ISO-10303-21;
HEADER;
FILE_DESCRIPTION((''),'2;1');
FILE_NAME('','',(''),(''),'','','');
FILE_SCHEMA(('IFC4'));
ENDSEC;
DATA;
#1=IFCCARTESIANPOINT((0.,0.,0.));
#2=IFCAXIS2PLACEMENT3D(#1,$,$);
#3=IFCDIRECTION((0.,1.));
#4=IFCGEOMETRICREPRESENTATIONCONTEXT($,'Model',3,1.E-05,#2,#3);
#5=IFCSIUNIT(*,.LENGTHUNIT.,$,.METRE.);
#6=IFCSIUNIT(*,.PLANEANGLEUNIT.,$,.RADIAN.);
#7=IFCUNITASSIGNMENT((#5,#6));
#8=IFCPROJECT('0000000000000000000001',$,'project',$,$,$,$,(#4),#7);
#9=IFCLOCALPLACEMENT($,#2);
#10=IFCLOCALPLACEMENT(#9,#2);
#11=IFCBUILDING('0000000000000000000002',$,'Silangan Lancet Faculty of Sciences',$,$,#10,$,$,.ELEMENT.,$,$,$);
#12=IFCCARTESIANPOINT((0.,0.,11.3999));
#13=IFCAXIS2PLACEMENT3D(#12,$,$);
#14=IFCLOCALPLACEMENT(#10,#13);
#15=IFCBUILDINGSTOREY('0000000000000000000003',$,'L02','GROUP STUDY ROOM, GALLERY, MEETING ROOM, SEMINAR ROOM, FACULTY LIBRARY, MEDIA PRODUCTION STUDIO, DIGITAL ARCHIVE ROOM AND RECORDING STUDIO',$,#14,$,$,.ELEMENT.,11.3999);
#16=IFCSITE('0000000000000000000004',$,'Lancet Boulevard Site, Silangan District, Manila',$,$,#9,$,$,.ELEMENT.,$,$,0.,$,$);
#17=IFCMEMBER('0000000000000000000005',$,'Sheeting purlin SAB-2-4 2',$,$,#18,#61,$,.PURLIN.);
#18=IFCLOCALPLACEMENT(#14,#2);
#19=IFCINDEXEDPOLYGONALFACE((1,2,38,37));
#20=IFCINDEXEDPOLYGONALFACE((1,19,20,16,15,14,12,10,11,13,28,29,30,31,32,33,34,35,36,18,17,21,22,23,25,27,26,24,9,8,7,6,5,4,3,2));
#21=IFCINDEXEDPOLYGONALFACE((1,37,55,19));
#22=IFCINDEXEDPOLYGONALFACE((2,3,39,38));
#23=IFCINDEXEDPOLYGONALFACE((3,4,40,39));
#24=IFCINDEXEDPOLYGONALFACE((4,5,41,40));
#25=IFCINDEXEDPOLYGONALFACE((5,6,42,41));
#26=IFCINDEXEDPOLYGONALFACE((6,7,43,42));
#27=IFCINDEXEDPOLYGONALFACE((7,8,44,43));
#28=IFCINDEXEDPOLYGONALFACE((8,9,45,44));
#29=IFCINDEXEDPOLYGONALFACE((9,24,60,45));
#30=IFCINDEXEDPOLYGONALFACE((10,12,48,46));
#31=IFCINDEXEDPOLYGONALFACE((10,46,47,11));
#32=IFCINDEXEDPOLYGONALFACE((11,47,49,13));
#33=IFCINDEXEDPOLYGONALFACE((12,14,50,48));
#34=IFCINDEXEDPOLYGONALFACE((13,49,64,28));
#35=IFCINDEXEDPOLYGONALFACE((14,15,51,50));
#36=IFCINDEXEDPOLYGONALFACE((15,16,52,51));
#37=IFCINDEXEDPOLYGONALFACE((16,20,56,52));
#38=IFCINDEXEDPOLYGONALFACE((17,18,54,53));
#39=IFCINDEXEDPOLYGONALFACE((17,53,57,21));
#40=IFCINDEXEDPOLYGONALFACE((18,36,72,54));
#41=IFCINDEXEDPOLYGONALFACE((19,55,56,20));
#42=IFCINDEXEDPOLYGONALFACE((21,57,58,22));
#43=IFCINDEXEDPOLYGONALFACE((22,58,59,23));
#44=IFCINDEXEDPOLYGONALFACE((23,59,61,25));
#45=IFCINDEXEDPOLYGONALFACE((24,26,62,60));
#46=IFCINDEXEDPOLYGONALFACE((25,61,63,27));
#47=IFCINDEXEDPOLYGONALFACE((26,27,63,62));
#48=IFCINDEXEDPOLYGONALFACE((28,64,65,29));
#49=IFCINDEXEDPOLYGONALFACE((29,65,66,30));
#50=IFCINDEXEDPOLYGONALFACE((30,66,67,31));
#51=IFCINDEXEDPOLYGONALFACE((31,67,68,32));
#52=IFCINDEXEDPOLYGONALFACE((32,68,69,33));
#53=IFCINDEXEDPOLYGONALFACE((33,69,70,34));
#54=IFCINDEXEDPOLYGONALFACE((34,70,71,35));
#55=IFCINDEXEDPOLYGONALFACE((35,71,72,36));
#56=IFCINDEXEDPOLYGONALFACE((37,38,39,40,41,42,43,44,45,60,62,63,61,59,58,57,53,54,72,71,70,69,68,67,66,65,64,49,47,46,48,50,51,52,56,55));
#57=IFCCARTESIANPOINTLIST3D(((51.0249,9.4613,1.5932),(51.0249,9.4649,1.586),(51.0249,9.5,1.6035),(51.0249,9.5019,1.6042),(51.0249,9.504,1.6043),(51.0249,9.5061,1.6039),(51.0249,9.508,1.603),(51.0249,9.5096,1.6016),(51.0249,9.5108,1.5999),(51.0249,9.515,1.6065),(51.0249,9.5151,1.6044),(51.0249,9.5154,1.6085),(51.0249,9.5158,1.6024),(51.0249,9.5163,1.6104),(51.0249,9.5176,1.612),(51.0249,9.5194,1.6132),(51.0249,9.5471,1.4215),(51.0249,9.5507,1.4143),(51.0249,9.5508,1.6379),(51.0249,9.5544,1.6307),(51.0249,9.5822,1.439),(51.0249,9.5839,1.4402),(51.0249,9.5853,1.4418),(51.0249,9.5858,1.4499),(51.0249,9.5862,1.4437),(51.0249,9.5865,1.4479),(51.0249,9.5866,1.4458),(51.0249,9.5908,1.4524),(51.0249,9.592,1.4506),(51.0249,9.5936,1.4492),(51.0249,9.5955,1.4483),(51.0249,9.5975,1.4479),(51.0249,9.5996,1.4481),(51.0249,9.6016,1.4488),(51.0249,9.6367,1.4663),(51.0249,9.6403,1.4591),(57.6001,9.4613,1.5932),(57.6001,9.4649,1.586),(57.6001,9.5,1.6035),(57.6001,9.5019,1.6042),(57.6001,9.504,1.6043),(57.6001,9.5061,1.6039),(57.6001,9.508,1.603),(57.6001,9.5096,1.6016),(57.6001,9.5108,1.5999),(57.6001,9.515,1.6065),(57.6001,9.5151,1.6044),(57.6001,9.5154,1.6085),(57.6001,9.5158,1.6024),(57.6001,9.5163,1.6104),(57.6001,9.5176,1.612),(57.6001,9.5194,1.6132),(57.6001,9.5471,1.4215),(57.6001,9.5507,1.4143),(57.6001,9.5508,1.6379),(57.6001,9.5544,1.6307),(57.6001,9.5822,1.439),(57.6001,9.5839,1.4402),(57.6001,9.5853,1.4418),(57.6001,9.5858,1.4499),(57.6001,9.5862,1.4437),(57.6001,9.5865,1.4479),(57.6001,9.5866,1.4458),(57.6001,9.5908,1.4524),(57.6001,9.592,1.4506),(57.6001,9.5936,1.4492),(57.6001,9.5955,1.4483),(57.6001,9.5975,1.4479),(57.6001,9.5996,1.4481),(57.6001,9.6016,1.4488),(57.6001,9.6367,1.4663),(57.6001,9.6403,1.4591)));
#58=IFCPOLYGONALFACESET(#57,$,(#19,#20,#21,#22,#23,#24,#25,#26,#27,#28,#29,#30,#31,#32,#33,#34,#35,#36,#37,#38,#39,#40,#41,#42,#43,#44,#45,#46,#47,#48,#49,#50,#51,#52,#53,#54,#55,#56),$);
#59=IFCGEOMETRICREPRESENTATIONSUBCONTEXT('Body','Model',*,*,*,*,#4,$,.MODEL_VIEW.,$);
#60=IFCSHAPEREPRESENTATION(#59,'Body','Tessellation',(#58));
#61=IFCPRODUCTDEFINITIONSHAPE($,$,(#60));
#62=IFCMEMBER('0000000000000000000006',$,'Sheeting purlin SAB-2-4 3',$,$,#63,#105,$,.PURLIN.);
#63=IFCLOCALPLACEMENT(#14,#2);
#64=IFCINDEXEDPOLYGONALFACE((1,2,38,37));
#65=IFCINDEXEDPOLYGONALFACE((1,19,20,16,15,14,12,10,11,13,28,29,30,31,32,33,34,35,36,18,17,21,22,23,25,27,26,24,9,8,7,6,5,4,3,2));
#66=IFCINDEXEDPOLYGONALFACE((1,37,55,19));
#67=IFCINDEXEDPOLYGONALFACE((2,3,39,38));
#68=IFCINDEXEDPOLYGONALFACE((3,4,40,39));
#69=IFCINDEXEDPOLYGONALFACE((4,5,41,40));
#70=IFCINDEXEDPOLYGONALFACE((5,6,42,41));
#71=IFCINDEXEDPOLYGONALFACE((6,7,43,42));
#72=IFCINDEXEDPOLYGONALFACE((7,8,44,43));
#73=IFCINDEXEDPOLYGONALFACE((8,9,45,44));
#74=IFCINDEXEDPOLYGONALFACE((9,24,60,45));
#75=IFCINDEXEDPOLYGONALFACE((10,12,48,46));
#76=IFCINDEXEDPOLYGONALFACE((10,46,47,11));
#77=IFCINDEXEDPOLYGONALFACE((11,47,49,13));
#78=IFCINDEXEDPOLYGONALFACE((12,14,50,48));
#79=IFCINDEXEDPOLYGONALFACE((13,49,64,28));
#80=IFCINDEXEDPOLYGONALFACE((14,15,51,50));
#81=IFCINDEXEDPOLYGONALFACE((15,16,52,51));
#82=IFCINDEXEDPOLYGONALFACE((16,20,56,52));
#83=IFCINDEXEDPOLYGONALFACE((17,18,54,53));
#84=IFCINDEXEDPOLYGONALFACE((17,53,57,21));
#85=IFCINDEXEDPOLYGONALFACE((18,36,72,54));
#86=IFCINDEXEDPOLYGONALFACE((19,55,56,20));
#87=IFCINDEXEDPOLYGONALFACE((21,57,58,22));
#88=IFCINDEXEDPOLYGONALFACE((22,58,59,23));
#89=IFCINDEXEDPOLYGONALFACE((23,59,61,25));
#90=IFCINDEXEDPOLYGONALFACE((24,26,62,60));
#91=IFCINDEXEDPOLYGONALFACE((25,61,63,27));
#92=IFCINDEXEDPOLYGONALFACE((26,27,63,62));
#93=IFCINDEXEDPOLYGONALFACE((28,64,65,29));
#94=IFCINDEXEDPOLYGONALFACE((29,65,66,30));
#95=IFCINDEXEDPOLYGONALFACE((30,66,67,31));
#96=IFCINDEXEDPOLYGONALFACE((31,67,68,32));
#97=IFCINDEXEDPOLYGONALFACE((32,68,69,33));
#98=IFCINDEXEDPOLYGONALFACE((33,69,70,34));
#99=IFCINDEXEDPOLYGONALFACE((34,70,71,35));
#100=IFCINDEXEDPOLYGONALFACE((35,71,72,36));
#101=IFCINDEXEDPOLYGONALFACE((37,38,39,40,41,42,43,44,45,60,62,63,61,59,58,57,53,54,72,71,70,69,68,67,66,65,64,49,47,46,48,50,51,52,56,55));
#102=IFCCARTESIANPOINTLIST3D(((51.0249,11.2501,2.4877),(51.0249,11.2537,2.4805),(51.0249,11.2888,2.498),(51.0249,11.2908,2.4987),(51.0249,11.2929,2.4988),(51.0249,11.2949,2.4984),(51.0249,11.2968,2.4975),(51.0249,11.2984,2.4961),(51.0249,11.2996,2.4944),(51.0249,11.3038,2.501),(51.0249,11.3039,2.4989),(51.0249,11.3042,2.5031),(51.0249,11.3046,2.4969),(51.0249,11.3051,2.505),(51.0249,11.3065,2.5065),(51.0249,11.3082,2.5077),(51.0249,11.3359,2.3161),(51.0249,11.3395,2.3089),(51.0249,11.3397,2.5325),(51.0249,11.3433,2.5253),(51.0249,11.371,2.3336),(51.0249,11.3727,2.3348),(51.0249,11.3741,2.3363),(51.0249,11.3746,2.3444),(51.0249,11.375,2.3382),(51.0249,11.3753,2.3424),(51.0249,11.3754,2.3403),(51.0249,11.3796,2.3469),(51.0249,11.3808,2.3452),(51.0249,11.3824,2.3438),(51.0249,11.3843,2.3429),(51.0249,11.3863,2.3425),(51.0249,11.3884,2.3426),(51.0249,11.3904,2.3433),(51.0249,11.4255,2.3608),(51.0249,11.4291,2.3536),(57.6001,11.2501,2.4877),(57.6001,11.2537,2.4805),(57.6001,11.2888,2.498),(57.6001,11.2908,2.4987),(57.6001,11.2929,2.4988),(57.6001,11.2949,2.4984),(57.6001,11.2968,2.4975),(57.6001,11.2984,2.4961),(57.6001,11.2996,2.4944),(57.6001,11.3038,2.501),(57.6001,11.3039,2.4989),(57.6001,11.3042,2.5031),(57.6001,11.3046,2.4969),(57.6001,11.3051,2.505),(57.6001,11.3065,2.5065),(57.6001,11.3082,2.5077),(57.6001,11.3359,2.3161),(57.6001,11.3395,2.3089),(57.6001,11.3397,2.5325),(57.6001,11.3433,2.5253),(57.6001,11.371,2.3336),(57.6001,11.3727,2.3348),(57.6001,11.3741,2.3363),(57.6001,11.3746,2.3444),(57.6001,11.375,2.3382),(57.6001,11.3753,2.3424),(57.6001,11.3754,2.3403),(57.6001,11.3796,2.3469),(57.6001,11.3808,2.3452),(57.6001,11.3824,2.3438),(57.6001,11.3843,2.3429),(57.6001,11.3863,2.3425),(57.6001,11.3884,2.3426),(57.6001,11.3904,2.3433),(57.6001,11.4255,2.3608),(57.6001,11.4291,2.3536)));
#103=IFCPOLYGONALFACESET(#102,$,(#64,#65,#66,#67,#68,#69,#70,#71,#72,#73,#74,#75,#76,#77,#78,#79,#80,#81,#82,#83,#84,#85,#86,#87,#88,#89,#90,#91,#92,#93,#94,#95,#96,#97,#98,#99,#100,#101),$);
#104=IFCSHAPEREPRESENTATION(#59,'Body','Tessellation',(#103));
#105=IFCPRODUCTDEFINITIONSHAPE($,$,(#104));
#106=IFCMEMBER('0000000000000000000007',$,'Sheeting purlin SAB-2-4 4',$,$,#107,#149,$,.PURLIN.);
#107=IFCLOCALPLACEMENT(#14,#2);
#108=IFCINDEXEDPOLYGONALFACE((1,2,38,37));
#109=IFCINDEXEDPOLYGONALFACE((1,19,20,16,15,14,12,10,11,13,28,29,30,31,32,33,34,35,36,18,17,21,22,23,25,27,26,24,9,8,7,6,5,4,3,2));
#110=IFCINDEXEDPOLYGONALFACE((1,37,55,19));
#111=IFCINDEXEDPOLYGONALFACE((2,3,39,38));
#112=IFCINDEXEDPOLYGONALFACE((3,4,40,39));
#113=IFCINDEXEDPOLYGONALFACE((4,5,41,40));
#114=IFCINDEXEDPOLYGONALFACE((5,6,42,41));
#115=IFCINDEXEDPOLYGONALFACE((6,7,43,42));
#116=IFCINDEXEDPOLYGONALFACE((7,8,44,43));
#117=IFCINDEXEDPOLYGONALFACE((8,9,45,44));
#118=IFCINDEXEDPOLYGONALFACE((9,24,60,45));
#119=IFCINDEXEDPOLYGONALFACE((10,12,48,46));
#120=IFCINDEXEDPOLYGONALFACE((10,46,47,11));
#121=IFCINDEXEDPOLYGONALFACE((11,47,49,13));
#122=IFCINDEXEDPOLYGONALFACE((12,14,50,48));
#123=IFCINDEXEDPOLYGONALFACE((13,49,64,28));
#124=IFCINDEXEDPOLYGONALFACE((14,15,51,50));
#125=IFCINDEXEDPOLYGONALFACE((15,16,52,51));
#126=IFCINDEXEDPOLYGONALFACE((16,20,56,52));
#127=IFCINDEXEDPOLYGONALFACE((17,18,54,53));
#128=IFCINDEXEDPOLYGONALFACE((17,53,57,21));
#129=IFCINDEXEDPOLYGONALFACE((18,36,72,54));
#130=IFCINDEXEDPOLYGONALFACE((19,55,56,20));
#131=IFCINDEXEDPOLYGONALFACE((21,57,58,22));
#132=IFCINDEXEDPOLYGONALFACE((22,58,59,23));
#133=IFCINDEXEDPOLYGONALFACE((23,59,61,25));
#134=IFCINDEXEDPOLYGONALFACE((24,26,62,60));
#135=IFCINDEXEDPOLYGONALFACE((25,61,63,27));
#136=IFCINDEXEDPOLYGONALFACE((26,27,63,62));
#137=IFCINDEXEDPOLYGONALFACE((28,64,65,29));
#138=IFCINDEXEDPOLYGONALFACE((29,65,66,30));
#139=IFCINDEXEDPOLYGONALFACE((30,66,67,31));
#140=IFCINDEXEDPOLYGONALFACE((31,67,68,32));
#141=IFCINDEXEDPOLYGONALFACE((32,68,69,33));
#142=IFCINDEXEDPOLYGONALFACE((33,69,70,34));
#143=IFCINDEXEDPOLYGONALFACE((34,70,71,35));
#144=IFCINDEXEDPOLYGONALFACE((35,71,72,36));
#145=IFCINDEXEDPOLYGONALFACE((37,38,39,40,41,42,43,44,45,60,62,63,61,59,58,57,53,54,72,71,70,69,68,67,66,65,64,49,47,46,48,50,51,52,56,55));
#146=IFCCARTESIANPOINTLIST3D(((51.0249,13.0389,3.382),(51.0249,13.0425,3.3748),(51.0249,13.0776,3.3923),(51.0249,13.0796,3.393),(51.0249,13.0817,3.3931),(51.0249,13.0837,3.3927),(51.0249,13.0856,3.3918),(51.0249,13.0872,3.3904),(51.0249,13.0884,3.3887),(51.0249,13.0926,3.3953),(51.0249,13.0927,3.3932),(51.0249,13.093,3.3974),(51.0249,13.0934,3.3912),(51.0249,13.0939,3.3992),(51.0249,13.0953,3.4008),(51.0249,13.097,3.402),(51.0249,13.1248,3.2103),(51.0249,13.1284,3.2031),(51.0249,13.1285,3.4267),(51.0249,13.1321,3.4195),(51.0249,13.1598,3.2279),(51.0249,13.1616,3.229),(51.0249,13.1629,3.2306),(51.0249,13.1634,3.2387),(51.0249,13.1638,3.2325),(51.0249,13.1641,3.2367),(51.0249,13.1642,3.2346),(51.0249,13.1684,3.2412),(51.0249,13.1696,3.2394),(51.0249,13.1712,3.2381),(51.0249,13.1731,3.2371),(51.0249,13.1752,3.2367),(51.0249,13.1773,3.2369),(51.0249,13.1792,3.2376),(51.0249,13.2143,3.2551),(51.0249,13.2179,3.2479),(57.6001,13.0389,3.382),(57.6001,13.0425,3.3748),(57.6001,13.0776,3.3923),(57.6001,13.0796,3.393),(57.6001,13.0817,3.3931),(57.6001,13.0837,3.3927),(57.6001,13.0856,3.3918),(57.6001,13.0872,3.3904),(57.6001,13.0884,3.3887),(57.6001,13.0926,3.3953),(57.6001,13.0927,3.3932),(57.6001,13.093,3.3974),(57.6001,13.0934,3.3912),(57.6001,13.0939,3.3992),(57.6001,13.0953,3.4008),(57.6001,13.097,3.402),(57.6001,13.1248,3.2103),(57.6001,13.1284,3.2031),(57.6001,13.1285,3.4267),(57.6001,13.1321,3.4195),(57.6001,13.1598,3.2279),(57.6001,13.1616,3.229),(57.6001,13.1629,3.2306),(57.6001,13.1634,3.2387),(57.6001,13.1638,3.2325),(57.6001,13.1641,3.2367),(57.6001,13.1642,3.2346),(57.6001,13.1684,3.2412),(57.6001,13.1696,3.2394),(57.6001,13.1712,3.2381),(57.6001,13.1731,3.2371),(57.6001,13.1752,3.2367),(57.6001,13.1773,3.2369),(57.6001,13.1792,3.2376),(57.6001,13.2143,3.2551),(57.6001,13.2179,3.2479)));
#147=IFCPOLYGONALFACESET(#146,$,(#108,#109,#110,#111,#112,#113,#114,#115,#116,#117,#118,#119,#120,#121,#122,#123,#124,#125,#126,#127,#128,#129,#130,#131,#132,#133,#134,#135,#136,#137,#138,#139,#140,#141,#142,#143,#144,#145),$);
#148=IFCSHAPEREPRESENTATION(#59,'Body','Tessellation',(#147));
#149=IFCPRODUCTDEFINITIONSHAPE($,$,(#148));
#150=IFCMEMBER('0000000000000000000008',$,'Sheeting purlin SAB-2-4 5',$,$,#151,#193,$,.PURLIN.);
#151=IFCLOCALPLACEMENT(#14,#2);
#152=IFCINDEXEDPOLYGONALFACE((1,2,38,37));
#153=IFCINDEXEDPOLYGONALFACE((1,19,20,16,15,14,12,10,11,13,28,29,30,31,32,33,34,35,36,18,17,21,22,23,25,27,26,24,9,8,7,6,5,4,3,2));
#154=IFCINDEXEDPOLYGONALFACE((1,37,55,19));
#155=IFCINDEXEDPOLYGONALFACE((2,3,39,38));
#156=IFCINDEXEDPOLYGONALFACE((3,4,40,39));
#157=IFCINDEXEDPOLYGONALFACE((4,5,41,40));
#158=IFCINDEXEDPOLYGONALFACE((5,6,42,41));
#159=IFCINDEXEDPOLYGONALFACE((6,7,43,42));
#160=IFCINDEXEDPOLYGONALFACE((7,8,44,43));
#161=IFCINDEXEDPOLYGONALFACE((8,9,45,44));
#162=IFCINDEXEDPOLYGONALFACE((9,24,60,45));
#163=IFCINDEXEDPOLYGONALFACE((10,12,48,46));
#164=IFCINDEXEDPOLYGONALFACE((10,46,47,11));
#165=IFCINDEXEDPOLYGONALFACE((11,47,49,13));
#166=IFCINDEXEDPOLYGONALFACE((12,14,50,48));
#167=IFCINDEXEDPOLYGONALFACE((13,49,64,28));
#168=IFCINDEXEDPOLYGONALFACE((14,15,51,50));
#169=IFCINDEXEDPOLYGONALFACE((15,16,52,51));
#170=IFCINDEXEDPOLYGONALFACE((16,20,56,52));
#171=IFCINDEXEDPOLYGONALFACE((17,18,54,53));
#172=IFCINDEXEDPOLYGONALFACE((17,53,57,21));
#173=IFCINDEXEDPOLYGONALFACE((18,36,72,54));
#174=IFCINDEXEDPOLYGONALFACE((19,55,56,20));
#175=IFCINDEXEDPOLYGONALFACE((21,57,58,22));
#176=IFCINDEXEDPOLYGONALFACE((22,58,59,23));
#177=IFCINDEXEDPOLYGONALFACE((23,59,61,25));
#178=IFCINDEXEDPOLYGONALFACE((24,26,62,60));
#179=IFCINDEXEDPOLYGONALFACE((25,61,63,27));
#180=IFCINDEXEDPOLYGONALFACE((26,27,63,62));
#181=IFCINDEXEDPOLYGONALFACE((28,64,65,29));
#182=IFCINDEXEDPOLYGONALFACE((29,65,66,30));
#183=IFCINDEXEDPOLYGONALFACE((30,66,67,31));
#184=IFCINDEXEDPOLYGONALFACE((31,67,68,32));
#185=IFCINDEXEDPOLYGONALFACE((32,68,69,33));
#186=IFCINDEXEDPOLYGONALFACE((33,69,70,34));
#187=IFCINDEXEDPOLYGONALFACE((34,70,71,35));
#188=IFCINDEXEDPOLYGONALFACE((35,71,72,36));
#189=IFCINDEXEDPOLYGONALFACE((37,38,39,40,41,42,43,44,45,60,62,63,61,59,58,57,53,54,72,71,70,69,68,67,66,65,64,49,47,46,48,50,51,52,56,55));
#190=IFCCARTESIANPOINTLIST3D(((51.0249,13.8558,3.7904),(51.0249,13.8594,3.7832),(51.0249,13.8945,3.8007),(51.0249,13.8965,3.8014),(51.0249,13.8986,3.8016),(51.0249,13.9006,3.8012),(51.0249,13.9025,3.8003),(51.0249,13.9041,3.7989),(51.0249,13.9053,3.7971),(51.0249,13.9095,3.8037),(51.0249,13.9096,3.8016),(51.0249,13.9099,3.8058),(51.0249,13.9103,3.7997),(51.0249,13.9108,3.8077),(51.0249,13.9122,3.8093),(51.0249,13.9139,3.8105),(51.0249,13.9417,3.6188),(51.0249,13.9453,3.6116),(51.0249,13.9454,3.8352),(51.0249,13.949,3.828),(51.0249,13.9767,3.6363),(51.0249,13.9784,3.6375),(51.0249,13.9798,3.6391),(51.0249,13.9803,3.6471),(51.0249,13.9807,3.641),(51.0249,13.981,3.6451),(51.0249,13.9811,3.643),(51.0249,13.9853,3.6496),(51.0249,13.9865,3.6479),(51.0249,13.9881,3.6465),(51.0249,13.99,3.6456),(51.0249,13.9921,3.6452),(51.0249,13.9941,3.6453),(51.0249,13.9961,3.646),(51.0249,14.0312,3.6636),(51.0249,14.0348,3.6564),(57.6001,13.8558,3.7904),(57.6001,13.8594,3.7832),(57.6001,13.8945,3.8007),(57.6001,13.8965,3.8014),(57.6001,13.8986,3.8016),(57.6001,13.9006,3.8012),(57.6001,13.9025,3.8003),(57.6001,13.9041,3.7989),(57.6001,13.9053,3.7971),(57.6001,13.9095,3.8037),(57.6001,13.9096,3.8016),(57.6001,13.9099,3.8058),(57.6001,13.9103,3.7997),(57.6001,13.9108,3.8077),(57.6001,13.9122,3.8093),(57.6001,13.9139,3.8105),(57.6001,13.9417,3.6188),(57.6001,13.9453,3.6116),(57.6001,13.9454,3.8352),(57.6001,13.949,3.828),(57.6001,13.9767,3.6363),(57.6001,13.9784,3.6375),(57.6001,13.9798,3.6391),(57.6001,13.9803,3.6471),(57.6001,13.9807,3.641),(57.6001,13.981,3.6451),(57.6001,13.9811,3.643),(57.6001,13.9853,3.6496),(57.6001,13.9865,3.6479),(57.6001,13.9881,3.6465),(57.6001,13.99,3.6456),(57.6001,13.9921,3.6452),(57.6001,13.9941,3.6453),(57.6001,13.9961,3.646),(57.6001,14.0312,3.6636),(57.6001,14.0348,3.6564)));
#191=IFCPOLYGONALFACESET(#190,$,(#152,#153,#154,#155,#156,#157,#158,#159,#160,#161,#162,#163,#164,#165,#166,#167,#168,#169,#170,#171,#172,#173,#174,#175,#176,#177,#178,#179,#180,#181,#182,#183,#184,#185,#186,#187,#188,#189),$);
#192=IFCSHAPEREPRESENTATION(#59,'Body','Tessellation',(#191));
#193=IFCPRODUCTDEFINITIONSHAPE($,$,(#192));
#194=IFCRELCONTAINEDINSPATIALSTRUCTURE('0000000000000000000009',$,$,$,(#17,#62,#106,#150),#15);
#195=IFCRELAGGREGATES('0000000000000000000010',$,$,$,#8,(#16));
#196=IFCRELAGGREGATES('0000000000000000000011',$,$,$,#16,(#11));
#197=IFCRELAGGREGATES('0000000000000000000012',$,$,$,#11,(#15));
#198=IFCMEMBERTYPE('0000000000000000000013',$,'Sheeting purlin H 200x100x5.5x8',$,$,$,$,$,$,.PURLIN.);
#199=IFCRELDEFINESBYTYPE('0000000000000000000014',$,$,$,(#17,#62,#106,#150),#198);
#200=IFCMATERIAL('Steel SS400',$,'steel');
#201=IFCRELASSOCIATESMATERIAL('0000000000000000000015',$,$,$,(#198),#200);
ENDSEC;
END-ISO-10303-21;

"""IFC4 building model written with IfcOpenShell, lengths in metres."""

from ifc_helpers import new_model, si_unit, direction, frame, origin, origin_2d, place, context, subcontext, project, spatial, i_section, extrude, material, material_profile, profile_set, type_object, element, save


model = new_model("IFC4")

# Units and contexts
model_context = context("Model", 3, precision=1e-05, world=origin(), true_north=direction((0.0, 1.0)))
body_context = subcontext(model_context, "Body", "Model", "MODEL_VIEW")
ifc_project = project(units=[si_unit("LENGTHUNIT", "METRE"), si_unit("PLANEANGLEUNIT", "RADIAN")], contexts=[model_context])

# Site, building, storey
site_placement = place(None, origin())
site = spatial("IfcSite", under=ifc_project, at=site_placement, Name="Lancet Boulevard Site, Silangan District, Manila", CompositionType="ELEMENT", RefElevation=0.0)
building_placement = place(site_placement, origin())
building = spatial("IfcBuilding", under=site, at=building_placement, Name="Silangan Lancet Faculty of Sciences", CompositionType="ELEMENT")
storey_placement = place(building_placement, frame((0.0, 0.0, 11.3999)))
storey = spatial("IfcBuildingStorey", under=building, at=storey_placement, Name="L02", Description="GROUP STUDY ROOM, GALLERY, MEETING ROOM, SEMINAR ROOM, FACULTY LIBRARY, MEDIA PRODUCTION STUDIO, DIGITAL ARCHIVE ROOM AND RECORDING STUDIO", CompositionType="ELEMENT", Elevation=11.3999)

# Members
ifc_material_1 = material(Name="Steel SS400", Category="steel")
ifc_material_profile_1 = material_profile(ifc_material_1, i_section(OverallWidth=0.1001, OverallDepth=0.2, WebThickness=0.0056, FlangeThickness=0.0081, FilletRadius=0.0081, at=origin_2d()), Name="H 200x100x5.5x8")
ifc_profile_set_1 = profile_set([ifc_material_profile_1], Name="Steel SS400")
member_type_1 = type_object("IfcMemberType", Name="Sheeting purlin H 200x100x5.5x8", PredefinedType="PURLIN", material=ifc_profile_set_1)
for number, where, z_axis, x_axis, name in (
    (1, (51.0249, 9.5508, 1.5261), (1.0, 0.0, 0.0), (0.0, 0.894427, 0.447214), "Sheeting purlin SAB-2-4 2"),
    (2, (51.0249, 11.3396, 2.4207), (1.0, 0.0, 0.0), (0.0, 0.894427, 0.447214), "Sheeting purlin SAB-2-4 3"),
    (3, (51.0249, 13.1284, 3.3149), (1.0, 0.0, 0.0), (0.0, 0.894427, 0.447214), "Sheeting purlin SAB-2-4 4"),
    (4, (51.0249, 13.9453, 3.7234), (1.0, 0.0, 0.0), (0.0, 0.894427, 0.447214), "Sheeting purlin SAB-2-4 5"),
):
    element("IfcMember", number, at=place(storey_placement, frame(where, z_axis=z_axis, x_axis=x_axis)), inside=storey, type_object=member_type_1, Name=name, PredefinedType="PURLIN", context=body_context, shape_type="SweptSolid", body=[
        extrude(i_section(OverallWidth=0.1001, OverallDepth=0.2, WebThickness=0.0056, FlangeThickness=0.0081, FilletRadius=0.0081, at=origin_2d()), origin(), (0.0, 0.0, 1.0), 6.5752),
    ])

save(model, "model.ifc")
